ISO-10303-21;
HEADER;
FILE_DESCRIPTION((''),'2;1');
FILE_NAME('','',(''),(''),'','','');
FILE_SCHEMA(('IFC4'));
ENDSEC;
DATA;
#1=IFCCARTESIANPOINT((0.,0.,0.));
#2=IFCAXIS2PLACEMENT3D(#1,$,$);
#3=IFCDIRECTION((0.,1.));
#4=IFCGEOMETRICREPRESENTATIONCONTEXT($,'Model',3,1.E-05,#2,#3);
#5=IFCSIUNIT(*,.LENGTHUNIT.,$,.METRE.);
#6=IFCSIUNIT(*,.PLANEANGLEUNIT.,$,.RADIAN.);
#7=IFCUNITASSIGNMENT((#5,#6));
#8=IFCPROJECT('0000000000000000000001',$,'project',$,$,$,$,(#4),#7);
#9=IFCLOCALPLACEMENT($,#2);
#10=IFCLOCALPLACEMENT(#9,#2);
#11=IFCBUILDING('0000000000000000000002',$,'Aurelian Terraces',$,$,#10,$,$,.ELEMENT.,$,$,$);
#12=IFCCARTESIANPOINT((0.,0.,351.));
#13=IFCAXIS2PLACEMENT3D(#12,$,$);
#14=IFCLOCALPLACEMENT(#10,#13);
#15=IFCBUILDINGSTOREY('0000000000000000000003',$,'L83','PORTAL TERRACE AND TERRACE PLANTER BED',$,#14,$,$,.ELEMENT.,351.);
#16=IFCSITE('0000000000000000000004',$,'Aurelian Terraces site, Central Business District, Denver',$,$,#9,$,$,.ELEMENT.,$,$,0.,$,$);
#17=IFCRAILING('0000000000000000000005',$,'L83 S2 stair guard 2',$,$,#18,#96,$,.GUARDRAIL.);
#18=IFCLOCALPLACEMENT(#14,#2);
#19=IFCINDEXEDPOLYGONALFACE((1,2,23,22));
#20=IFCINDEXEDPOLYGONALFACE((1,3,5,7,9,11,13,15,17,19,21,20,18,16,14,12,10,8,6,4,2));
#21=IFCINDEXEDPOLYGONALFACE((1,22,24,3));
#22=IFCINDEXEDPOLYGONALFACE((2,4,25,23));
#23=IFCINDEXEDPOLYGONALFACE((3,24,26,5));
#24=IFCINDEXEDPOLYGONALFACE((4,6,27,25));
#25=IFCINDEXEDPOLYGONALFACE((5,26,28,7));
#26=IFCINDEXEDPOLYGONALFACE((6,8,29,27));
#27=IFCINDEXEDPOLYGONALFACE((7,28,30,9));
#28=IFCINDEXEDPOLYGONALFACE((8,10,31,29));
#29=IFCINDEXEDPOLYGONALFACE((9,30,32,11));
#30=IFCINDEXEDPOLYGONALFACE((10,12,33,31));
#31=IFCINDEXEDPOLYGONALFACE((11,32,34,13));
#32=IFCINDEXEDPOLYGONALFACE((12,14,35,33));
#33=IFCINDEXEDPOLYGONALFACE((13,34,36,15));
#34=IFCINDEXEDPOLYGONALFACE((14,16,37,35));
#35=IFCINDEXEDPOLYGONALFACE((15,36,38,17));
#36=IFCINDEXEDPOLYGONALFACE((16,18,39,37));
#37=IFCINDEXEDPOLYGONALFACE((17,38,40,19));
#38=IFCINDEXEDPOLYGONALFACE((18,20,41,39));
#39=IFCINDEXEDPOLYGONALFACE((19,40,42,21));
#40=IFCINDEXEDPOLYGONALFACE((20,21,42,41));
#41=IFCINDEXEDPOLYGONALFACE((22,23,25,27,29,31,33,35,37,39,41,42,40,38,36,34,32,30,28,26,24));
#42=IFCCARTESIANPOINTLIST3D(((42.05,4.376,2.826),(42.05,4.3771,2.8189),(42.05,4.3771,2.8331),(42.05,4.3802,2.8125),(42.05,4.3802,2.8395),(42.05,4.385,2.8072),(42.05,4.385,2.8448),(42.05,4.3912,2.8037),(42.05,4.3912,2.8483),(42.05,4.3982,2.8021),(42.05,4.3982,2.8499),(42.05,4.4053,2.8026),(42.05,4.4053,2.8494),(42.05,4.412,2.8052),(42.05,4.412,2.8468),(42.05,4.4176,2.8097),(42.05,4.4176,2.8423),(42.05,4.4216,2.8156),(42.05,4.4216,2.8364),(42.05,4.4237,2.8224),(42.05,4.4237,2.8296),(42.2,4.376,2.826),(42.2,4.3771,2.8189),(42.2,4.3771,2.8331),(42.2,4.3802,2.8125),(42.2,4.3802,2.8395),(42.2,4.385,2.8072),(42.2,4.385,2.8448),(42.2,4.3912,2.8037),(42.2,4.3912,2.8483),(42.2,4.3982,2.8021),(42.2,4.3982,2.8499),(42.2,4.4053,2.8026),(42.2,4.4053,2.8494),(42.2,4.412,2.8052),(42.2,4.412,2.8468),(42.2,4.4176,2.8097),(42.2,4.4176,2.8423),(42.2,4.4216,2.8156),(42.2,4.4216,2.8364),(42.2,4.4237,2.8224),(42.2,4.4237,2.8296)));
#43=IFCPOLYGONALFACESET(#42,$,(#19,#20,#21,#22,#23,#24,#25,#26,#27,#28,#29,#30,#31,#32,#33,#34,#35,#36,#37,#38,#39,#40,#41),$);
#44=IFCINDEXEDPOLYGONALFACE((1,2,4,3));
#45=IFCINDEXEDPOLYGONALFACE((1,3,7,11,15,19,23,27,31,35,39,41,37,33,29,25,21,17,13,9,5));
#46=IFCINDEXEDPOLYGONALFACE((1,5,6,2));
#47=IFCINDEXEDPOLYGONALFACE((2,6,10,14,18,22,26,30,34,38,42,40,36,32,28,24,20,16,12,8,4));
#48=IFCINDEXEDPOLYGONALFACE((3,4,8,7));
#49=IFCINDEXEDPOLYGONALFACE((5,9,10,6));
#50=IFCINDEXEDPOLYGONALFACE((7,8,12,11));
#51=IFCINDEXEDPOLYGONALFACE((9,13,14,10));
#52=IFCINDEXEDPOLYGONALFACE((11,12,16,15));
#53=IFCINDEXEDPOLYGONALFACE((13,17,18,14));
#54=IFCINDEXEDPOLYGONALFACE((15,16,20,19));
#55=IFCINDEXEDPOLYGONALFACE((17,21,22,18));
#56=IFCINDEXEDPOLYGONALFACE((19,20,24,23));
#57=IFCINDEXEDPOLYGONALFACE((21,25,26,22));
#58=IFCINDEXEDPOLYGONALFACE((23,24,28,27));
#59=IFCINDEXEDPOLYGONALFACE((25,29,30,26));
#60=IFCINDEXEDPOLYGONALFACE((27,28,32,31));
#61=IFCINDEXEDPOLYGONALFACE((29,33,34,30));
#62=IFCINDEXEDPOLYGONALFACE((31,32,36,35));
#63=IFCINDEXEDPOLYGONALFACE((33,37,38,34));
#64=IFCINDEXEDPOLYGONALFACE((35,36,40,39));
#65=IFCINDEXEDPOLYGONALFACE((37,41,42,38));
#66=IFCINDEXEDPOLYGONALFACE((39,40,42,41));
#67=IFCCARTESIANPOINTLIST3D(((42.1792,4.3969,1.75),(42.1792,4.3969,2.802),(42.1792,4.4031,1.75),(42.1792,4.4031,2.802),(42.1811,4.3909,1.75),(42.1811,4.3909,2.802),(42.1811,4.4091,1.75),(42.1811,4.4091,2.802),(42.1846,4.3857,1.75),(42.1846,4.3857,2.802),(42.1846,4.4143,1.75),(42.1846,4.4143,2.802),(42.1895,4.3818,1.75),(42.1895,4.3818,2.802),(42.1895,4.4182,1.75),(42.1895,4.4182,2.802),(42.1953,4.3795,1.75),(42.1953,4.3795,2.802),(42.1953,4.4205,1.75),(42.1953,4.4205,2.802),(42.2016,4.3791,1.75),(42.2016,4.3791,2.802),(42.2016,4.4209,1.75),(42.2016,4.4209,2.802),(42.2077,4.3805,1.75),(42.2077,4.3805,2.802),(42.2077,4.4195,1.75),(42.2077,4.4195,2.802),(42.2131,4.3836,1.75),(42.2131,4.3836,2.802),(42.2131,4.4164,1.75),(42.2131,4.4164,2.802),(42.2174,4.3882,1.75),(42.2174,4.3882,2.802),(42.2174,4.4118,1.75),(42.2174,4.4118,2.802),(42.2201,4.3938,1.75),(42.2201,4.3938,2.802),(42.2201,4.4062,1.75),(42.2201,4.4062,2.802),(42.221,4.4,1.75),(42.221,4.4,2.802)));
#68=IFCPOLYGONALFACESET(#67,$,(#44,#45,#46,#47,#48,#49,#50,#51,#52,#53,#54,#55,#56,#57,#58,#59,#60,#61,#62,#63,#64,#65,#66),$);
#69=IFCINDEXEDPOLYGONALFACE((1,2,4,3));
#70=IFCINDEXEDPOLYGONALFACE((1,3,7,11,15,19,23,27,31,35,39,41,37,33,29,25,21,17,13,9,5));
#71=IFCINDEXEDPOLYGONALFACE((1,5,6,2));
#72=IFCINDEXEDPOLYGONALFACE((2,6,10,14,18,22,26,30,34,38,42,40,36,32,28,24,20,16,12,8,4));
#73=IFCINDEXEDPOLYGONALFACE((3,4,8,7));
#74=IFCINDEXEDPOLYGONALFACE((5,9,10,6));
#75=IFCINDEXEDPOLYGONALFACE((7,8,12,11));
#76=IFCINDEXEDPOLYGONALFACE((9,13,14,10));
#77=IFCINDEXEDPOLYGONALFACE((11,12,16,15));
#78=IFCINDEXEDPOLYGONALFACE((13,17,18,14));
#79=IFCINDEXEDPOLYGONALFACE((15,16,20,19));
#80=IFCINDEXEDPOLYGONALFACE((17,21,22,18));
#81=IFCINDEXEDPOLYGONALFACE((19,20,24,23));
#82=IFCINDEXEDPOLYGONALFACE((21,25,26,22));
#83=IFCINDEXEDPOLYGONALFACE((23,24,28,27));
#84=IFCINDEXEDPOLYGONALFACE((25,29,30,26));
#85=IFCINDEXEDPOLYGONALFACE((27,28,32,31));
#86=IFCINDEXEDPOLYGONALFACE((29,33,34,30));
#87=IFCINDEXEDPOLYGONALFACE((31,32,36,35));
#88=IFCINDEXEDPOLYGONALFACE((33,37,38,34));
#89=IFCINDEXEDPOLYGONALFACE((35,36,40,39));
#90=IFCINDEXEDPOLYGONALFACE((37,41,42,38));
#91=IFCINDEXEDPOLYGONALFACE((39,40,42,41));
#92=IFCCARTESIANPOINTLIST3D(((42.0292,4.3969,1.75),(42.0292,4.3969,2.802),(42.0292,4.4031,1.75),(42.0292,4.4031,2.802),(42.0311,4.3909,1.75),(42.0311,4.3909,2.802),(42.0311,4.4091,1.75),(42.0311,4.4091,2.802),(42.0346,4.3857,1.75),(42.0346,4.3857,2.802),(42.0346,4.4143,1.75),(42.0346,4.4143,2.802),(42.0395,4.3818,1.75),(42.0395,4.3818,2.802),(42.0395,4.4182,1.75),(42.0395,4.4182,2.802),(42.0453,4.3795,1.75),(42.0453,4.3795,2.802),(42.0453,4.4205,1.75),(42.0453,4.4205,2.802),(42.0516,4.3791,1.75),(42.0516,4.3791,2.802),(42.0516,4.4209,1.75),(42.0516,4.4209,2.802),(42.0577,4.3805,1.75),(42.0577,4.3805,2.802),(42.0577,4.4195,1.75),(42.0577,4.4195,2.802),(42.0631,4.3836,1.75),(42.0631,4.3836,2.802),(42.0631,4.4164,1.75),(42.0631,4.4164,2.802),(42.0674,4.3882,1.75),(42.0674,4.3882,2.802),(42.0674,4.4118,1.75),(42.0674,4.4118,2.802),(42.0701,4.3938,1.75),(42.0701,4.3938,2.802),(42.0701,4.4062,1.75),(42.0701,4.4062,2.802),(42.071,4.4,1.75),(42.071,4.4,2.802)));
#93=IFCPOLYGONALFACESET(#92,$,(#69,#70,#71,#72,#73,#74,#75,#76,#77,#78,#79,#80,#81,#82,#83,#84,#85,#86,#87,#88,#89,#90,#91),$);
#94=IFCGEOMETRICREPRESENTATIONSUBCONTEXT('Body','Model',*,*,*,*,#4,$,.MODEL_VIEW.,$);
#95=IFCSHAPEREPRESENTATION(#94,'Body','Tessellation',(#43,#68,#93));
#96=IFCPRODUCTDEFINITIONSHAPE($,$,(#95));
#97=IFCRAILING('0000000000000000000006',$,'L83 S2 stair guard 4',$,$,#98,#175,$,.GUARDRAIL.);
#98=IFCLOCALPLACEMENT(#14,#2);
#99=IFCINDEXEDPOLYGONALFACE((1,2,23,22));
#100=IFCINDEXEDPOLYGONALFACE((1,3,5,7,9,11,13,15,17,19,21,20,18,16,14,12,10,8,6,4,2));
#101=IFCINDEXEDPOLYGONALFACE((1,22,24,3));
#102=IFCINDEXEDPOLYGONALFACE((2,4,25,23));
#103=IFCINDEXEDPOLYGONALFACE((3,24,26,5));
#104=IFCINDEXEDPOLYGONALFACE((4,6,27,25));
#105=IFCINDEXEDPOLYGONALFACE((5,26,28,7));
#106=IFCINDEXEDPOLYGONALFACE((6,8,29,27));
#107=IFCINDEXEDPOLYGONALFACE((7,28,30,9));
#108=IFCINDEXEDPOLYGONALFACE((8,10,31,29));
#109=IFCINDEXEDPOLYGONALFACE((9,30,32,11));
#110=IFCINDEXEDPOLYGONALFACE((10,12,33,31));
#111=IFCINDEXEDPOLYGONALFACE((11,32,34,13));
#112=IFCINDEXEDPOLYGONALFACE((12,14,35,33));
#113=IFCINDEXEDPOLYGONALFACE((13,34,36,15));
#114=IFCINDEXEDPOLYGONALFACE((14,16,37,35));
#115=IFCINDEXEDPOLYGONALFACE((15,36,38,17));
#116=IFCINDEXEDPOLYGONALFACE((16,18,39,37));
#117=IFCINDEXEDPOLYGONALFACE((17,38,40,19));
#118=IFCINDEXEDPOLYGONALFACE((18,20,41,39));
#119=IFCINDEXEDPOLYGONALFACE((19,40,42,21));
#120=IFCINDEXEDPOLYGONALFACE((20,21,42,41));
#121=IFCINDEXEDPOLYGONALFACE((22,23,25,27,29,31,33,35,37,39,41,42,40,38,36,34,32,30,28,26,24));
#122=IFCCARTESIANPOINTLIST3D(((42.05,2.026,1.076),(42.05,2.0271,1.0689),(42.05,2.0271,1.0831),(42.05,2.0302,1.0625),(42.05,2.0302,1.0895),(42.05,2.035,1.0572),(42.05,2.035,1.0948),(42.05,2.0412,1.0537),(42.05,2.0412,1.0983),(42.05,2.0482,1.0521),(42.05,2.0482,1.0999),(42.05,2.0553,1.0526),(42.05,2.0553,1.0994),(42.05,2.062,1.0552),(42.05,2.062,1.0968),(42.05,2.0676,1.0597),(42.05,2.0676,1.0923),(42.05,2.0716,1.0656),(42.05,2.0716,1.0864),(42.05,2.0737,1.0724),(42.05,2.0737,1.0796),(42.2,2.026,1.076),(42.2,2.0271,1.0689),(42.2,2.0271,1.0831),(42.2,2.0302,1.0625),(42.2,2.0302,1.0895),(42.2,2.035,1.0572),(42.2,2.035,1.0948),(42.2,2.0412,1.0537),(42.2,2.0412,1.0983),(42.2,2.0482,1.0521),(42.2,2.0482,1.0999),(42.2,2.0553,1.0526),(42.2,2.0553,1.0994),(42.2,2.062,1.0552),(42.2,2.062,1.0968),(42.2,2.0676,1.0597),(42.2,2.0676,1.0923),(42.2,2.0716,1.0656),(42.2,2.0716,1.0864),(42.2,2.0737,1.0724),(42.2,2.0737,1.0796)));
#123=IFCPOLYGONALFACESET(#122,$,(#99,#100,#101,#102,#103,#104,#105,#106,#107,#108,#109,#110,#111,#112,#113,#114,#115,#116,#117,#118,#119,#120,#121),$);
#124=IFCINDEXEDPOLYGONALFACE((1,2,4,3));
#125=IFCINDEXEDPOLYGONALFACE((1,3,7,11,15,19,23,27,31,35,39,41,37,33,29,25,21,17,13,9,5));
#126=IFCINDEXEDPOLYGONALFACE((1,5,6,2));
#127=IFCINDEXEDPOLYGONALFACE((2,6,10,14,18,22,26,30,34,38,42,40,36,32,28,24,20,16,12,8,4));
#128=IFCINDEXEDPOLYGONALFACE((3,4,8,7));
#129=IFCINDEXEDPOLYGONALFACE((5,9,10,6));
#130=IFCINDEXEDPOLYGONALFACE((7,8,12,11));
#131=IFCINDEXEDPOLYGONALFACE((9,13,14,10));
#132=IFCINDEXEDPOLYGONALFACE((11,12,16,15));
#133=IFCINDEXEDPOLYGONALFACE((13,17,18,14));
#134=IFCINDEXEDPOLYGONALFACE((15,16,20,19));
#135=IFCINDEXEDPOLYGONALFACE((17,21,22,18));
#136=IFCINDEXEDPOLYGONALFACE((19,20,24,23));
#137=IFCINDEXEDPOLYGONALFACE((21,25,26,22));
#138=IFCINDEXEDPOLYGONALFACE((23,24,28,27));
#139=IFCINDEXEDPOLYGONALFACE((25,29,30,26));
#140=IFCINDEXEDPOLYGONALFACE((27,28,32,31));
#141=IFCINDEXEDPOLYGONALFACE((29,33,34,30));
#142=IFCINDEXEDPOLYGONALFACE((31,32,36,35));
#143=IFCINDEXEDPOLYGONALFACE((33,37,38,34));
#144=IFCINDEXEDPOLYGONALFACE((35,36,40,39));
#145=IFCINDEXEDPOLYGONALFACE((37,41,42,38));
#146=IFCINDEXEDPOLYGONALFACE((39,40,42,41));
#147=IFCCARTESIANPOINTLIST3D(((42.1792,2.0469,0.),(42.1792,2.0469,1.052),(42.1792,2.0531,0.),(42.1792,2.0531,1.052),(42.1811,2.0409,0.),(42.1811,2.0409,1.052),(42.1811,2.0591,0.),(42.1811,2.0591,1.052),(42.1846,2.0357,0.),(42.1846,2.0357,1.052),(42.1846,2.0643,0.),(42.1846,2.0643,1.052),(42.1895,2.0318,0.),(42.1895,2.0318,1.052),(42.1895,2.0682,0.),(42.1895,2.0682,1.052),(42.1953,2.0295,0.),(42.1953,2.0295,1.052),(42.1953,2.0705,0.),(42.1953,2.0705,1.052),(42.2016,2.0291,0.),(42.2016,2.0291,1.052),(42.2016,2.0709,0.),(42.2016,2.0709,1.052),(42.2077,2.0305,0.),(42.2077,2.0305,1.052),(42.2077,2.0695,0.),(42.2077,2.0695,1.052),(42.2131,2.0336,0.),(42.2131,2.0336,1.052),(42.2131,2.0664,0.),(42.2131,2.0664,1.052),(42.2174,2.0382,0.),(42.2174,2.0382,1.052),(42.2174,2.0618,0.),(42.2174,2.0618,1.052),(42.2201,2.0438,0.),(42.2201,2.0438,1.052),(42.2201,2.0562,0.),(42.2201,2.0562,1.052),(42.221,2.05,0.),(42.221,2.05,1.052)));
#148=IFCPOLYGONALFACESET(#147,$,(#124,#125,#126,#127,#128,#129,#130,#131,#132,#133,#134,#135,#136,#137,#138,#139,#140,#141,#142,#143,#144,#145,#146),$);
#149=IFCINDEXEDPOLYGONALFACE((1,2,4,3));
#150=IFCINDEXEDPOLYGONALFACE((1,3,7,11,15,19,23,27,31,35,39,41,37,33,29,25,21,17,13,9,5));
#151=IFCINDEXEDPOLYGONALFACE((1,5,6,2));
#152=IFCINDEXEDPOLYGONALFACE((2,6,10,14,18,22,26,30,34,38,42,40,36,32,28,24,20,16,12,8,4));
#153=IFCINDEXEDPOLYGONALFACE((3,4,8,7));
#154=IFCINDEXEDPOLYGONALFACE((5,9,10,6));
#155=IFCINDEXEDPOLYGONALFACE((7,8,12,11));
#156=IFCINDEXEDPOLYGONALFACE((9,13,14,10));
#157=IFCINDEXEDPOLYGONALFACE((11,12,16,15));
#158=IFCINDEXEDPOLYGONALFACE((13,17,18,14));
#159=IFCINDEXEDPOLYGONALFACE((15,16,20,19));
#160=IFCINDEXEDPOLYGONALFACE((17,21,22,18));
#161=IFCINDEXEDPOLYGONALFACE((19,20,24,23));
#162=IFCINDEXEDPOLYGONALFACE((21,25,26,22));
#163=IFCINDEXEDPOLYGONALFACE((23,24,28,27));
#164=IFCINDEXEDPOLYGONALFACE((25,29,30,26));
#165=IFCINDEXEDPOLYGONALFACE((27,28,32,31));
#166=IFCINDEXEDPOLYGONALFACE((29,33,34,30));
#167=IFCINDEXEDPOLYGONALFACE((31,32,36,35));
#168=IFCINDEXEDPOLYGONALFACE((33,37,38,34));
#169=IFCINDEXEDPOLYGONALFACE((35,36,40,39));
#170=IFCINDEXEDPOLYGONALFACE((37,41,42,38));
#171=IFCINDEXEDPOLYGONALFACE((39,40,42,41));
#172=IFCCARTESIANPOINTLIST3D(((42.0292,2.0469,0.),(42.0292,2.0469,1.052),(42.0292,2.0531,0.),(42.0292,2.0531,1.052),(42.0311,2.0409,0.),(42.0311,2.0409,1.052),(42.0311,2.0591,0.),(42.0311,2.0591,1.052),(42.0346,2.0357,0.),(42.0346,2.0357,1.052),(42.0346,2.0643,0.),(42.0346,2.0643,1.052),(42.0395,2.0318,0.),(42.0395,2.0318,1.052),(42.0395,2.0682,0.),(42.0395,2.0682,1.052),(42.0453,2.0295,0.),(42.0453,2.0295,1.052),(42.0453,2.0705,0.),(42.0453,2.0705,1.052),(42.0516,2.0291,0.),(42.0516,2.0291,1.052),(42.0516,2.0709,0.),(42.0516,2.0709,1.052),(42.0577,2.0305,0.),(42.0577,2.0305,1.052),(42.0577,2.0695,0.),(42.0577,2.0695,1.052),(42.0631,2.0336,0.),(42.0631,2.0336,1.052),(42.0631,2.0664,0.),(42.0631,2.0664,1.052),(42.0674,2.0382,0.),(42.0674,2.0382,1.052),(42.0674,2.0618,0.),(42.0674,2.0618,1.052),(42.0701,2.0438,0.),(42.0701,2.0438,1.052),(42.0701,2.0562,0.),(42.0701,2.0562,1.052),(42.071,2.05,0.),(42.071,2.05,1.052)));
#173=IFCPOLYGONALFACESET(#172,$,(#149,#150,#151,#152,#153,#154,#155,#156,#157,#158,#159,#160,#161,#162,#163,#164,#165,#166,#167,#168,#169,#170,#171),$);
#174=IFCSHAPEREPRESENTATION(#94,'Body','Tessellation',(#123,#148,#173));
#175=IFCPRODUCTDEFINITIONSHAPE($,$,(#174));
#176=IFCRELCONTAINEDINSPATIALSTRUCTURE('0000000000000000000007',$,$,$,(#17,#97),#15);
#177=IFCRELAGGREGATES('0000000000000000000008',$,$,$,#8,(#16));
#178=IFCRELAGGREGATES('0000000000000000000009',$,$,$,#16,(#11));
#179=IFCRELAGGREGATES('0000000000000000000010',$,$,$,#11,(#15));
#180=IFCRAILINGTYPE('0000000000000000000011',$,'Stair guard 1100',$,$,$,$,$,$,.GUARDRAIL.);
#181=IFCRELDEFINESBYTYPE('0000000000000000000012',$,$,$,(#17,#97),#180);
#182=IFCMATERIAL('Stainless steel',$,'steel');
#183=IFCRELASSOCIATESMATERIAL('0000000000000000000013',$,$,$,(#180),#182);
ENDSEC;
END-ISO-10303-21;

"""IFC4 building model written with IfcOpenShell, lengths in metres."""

from ifc_helpers import new_model, si_unit, direction, frame, origin, origin_2d, place, context, subcontext, project, spatial, circle, extrude, source, transform, mapped, material, type_object, element, save


model = new_model("IFC4")

# Units and contexts
model_context = context("Model", 3, precision=1e-05, world=origin(), true_north=direction((0.0, 1.0)))
body_context = subcontext(model_context, "Body", "Model", "MODEL_VIEW")
ifc_project = project(units=[si_unit("LENGTHUNIT", "METRE"), si_unit("PLANEANGLEUNIT", "RADIAN")], contexts=[model_context])

# Site, building, storey
site_placement = place(None, origin())
site = spatial("IfcSite", under=ifc_project, at=site_placement, Name="Aurelian Terraces site, Central Business District, Denver", CompositionType="ELEMENT", RefElevation=0.0)
building_placement = place(site_placement, origin())
building = spatial("IfcBuilding", under=site, at=building_placement, Name="Aurelian Terraces", CompositionType="ELEMENT")
storey_placement = place(building_placement, frame((0.0, 0.0, 351.0)))
storey = spatial("IfcBuildingStorey", under=building, at=storey_placement, Name="L83", Description="PORTAL TERRACE AND TERRACE PLANTER BED", CompositionType="ELEMENT", Elevation=351.0)

# Railings
ifc_material_1 = material(Name="Stainless steel", Category="steel")
railing_type_1 = type_object("IfcRailingType", Name="Stair guard 1100", PredefinedType="GUARDRAIL", material=ifc_material_1)
shared_shape_1 = source(origin(), body_context, "Body", "SweptSolid", [
    extrude(circle(Radius=0.024, at=origin_2d()), frame((0.0, 0.0, 1.076), z_axis=(-1.0, 0.0, 0.0), x_axis=(0.0, -1.0, 0.0)), (0.0, 0.0, 1.0), 0.15),
    extrude(circle(Radius=0.021, at=origin_2d()), origin(), (0.0, 0.0, 1.0), 1.052),
    extrude(circle(Radius=0.021, at=origin_2d()), frame((-0.15, 0.0, 0.0)), (0.0, 0.0, 1.0), 1.052),
])
for number, where, name in (
    (1, (42.2, 4.4, 1.75), "L83 S2 stair guard 2"),
    (2, (42.2, 2.05, 0.0), "L83 S2 stair guard 4"),
):
    element("IfcRailing", number, at=place(storey_placement, frame(where)), inside=storey, type_object=railing_type_1, Name=name, PredefinedType="GUARDRAIL", context=body_context, shape_type="MappedRepresentation", body=[
        mapped(shared_shape_1, transform((0.0, 0.0, 0.0), scale=1.0)),
    ])

save(model, "model.ifc")
